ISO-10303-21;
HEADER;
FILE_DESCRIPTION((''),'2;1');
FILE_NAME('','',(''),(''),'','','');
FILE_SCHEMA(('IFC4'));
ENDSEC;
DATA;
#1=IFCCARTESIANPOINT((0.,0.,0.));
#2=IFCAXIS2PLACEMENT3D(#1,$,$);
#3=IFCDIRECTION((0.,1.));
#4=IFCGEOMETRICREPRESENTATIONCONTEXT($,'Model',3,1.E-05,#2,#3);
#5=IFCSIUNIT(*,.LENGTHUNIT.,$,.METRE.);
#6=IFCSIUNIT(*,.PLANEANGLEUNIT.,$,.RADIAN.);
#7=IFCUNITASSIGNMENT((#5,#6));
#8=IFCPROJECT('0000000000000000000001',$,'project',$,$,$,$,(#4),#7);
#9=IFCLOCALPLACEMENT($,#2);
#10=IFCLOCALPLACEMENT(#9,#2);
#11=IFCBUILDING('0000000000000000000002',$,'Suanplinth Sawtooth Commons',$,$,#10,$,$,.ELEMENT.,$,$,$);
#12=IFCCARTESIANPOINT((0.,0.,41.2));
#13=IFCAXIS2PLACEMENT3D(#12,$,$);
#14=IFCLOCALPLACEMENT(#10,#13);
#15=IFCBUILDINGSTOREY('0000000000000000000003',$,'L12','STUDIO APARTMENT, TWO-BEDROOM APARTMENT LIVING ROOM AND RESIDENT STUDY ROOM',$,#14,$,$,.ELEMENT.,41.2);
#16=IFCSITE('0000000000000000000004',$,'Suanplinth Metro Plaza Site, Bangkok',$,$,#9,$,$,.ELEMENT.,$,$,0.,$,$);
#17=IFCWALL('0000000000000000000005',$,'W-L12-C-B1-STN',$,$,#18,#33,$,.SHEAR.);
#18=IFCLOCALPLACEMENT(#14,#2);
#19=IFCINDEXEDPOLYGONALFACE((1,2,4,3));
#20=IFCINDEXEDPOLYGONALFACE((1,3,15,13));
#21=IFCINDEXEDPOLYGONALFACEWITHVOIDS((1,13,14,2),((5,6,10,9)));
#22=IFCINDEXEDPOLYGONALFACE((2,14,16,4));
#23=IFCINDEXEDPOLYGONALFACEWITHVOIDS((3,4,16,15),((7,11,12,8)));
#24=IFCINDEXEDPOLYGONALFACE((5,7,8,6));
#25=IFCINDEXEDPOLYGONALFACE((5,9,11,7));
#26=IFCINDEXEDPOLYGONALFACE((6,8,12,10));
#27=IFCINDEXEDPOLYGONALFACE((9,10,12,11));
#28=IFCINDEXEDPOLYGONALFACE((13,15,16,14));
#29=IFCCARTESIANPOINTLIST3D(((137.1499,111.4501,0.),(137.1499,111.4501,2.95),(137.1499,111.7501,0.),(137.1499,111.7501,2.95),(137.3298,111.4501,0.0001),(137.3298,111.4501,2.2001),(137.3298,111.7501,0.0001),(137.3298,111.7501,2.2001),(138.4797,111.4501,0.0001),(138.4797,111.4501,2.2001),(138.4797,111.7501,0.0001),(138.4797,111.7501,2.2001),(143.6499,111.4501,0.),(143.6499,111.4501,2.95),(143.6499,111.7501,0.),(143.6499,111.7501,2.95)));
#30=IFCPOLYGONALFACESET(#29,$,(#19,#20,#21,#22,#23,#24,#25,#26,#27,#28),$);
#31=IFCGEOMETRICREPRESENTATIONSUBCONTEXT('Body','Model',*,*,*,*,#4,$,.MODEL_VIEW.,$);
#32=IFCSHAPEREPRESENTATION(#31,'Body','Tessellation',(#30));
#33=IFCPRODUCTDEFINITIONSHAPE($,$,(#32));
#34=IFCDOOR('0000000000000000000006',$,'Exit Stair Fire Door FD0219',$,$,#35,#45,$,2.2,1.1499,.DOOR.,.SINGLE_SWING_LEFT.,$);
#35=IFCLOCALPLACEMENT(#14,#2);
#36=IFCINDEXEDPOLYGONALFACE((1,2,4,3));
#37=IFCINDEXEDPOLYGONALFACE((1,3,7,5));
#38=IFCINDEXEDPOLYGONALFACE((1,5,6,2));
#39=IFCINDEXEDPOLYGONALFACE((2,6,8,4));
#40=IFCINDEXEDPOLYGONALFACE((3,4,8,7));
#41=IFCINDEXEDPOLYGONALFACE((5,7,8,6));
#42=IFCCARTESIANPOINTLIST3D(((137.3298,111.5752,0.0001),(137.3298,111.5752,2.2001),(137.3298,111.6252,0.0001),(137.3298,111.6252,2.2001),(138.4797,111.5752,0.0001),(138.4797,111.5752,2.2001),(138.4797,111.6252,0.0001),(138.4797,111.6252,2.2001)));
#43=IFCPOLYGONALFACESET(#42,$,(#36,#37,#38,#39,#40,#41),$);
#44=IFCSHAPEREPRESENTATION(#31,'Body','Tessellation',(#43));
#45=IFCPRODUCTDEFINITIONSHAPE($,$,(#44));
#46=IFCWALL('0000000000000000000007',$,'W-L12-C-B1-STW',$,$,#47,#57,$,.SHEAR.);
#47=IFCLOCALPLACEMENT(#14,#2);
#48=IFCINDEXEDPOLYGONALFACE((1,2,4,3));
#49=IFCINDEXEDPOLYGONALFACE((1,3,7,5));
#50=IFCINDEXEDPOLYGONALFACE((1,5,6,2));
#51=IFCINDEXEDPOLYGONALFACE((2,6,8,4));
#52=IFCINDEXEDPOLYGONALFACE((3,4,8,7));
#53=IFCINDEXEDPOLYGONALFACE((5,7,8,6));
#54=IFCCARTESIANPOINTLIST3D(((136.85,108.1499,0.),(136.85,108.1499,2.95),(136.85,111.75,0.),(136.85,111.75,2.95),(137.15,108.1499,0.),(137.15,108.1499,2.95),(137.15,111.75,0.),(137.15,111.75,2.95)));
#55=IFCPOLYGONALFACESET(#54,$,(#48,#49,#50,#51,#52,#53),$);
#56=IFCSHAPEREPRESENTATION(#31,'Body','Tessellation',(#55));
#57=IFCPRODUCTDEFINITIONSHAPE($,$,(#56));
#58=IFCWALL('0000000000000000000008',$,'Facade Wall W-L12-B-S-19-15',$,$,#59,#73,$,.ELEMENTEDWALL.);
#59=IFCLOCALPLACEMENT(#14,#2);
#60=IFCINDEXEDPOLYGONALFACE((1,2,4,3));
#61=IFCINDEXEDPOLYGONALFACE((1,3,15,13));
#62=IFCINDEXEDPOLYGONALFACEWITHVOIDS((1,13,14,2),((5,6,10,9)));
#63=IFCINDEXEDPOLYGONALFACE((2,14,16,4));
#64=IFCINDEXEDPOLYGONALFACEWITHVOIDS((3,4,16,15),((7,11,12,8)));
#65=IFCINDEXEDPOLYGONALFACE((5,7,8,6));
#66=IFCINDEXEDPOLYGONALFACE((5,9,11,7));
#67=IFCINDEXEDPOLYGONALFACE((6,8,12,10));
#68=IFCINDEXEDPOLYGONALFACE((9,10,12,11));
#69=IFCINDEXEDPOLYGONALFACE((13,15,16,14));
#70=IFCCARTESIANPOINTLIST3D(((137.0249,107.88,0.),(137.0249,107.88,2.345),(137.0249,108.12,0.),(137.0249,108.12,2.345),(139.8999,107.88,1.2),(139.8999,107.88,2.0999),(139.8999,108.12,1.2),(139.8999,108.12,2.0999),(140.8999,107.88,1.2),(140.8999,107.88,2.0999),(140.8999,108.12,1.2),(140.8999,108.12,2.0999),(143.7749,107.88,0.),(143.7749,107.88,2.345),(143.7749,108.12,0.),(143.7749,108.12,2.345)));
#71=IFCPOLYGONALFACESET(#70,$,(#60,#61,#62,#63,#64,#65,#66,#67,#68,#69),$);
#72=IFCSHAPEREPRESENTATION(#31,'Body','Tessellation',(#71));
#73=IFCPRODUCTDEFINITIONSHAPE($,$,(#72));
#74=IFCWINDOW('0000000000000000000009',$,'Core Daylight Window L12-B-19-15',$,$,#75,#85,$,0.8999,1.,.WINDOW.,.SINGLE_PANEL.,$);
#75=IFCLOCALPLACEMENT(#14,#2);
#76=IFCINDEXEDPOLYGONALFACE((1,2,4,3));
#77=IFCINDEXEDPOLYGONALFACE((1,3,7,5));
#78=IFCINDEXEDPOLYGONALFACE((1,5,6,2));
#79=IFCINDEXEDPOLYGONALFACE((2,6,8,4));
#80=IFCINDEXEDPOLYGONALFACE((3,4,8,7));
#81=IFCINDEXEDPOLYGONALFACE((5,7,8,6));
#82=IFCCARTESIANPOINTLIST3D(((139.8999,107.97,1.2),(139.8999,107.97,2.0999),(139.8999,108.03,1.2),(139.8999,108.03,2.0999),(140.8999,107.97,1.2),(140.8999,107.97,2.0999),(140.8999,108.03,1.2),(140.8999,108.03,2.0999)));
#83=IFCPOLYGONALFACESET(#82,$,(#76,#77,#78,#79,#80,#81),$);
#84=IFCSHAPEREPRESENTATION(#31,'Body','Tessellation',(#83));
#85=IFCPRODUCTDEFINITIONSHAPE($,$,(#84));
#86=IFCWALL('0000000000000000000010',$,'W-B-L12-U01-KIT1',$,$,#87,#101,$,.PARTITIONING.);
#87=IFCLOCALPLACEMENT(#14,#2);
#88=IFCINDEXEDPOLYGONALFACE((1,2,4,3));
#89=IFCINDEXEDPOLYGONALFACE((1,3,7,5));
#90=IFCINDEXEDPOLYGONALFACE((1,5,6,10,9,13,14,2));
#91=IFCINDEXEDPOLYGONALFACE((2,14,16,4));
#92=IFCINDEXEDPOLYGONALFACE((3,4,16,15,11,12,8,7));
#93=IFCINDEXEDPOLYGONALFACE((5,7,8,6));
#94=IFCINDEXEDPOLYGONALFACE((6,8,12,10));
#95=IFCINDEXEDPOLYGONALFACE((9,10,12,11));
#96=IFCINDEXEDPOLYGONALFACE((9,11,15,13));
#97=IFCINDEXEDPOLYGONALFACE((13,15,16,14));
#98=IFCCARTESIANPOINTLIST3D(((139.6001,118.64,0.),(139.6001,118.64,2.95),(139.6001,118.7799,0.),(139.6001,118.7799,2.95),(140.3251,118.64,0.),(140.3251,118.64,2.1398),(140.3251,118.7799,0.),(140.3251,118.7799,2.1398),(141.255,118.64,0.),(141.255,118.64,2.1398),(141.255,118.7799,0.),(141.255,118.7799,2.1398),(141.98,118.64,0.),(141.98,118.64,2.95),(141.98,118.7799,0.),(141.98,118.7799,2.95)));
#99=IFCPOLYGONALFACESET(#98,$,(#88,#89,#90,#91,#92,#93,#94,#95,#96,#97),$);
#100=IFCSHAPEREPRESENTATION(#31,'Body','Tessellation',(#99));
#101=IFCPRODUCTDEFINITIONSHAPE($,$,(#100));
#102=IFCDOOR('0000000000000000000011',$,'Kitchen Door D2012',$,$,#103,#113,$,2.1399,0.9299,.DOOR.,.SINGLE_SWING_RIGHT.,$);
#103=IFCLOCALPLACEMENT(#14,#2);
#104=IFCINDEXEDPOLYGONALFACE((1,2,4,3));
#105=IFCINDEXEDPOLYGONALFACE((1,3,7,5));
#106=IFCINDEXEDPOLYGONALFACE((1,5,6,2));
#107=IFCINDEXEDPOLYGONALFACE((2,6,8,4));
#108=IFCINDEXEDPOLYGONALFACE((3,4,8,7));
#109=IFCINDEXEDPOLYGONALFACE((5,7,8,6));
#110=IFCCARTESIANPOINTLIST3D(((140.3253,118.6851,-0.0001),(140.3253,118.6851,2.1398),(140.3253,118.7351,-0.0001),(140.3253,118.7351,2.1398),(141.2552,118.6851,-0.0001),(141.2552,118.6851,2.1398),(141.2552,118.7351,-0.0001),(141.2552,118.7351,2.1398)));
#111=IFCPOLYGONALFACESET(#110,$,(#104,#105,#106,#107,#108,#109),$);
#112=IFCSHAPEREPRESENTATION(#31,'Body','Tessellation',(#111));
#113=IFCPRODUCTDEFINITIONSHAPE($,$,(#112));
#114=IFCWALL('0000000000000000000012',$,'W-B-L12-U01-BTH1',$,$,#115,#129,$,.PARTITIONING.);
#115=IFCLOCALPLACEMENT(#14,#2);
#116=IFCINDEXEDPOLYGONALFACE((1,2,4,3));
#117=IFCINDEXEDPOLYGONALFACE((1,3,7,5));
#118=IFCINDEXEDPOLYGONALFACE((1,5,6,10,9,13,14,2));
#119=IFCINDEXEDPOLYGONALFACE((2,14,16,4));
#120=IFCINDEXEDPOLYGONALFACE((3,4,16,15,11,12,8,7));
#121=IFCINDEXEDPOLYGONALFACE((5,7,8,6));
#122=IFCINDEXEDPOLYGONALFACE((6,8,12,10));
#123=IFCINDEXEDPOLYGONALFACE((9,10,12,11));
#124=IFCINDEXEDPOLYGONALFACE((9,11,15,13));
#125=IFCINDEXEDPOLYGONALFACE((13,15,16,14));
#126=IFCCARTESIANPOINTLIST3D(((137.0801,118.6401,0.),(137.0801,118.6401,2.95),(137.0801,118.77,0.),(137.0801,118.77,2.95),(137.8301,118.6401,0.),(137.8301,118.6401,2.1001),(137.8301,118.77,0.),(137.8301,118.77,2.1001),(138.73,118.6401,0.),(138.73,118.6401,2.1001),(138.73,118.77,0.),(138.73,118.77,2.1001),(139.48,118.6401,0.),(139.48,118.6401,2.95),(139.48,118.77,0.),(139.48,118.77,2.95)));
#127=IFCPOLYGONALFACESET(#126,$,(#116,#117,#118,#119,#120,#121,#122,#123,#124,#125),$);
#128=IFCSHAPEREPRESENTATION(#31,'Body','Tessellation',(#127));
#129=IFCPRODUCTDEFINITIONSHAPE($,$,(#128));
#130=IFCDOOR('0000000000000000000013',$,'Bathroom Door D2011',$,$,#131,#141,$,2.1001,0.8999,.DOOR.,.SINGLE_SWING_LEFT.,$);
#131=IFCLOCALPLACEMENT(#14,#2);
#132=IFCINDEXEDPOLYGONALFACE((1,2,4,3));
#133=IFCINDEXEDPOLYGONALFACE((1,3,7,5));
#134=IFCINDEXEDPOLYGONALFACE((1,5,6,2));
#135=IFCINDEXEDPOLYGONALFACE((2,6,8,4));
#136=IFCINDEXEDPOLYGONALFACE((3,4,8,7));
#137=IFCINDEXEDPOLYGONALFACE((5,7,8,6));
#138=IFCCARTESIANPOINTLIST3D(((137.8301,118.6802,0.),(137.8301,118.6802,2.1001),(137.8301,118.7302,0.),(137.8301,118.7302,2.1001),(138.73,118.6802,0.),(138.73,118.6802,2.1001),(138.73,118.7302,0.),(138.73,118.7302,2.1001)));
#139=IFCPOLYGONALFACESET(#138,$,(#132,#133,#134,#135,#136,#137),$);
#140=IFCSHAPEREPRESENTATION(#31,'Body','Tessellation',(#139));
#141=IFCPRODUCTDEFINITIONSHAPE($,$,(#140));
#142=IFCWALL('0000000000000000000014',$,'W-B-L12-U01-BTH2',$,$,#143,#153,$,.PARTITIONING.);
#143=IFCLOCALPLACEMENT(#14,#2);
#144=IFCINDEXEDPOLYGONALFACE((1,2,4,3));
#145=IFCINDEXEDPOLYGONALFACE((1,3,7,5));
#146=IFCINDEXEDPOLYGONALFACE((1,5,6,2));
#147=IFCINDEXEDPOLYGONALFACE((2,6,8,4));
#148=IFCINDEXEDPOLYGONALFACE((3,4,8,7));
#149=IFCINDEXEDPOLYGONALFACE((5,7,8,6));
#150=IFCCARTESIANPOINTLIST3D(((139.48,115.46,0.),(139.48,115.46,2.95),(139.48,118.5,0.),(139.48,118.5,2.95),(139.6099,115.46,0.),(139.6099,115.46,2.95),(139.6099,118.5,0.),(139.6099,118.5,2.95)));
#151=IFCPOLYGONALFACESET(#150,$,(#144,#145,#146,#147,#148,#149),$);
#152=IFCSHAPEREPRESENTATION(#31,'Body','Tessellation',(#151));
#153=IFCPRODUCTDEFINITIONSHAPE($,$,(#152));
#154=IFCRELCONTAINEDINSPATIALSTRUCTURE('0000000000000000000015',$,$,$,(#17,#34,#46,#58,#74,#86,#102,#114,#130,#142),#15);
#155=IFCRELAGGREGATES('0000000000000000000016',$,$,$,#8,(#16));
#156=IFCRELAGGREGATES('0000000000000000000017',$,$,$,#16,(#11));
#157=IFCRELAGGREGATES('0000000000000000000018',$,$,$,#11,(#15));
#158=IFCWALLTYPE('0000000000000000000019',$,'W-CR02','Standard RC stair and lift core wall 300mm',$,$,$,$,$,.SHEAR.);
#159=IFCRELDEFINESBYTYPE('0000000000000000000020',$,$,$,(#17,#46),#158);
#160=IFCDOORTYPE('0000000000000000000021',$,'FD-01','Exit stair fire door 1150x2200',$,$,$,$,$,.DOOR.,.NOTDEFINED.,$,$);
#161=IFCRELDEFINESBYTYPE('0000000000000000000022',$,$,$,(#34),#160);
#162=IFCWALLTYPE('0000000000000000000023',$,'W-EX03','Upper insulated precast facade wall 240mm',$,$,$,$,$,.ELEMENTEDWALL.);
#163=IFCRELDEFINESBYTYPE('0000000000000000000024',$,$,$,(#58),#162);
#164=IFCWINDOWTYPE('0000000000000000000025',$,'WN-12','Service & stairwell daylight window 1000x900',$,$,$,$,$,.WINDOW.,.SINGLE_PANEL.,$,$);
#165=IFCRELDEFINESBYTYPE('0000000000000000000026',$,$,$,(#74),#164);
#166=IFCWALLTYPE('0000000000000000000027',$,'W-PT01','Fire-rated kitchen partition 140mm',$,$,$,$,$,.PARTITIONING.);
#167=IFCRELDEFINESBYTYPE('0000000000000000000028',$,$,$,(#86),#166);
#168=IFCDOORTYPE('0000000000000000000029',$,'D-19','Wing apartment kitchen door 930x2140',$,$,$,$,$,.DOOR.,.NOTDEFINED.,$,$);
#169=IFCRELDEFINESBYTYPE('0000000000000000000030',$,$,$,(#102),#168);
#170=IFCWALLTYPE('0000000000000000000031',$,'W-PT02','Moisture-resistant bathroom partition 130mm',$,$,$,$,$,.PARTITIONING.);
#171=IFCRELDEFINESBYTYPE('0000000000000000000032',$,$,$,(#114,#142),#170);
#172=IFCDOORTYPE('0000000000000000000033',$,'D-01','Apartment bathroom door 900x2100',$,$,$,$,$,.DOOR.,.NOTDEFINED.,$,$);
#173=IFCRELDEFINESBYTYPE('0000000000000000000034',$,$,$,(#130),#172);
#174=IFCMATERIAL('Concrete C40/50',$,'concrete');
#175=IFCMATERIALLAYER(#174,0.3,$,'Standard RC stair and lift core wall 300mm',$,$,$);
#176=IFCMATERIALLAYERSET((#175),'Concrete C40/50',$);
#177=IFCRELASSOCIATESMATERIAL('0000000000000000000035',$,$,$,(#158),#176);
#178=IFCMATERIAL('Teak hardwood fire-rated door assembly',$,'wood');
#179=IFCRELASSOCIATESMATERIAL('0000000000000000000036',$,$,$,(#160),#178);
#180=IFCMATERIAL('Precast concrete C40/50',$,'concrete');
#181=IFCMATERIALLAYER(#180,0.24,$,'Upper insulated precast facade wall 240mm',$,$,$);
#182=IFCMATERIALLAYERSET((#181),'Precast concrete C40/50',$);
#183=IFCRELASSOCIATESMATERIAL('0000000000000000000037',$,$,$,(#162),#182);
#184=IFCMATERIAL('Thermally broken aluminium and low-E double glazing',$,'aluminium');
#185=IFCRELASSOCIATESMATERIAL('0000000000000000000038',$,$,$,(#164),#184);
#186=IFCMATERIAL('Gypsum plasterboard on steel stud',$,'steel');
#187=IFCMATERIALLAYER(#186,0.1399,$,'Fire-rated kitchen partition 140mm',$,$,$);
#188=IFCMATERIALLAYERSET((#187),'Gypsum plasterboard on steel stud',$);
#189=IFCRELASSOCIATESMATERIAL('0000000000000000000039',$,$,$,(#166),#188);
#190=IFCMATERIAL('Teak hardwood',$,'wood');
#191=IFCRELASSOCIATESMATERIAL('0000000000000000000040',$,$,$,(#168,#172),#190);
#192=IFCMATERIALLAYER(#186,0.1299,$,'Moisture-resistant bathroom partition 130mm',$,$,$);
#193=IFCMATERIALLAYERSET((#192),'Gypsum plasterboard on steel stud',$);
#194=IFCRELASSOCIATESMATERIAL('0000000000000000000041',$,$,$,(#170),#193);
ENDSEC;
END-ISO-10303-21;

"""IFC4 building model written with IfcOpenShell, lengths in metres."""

from ifc_helpers import new_model, si_unit, direction, frame, frame_2d, origin, place, context, subcontext, project, spatial, rectangle, extrude, material, layer, layer_set, type_object, element, fill, save


model = new_model("IFC4")

# Units and contexts
model_context = context("Model", 3, precision=1e-05, world=origin(), true_north=direction((0.0, 1.0)))
body_context = subcontext(model_context, "Body", "Model", "MODEL_VIEW")
ifc_project = project(units=[si_unit("LENGTHUNIT", "METRE"), si_unit("PLANEANGLEUNIT", "RADIAN")], contexts=[model_context])

# Site, building, storey
site_placement = place(None, origin())
site = spatial("IfcSite", under=ifc_project, at=site_placement, Name="Suanplinth Metro Plaza Site, Bangkok", CompositionType="ELEMENT", RefElevation=0.0)
building_placement = place(site_placement, origin())
building = spatial("IfcBuilding", under=site, at=building_placement, Name="Suanplinth Sawtooth Commons", CompositionType="ELEMENT")
storey_placement = place(building_placement, frame((0.0, 0.0, 41.2)))
storey = spatial("IfcBuildingStorey", under=building, at=storey_placement, Name="L12", Description="STUDIO APARTMENT, TWO-BEDROOM APARTMENT LIVING ROOM AND RESIDENT STUDY ROOM", CompositionType="ELEMENT", Elevation=41.2)

# Shared definitions
ifc_material_1 = material(Name="Precast concrete C40/50", Category="concrete")

# Shared definitions
ifc_material_2 = material(Name="Concrete C40/50", Category="concrete")
ifc_layer_1 = layer(ifc_material_2, 0.3, Name="Standard RC stair and lift core wall 300mm")
ifc_layer_set_1 = layer_set([ifc_layer_1], Name="Concrete C40/50")
wall_type_1 = type_object("IfcWallType", Name="W-CR02", Description="Standard RC stair and lift core wall 300mm", PredefinedType="SHEAR", material=ifc_layer_set_1)

# Wall, opening, door
wall_1_placement = place(storey_placement, frame((137.1499, 111.6001, 0.0), z_axis=(0.0, 0.0, 1.0), x_axis=(1.0, 0.0, 0.0)))
wall_1 = element("IfcWall", 1, at=wall_1_placement, inside=storey, type_object=wall_type_1, Name="W-L12-C-B1-STN", PredefinedType="SHEAR", context=body_context, shape_type="SweptSolid", body=[
    extrude(rectangle(XDim=6.5, YDim=0.3, at=frame_2d((3.25, 0.0))), origin(), (0.0, 0.0, 1.0), 2.95),
])
opening_1_placement = place(wall_1_placement, frame((0.1799, 0.0, 0.0)))
opening_1 = element("IfcOpeningElement", 2, at=opening_1_placement, cuts=wall_1, PredefinedType="OPENING", context=body_context, shape_type="SweptSolid", body=[
    extrude(rectangle(XDim=1.1499, YDim=2.2, at=frame_2d((0.575, 1.1001))), frame((0.0, 0.165, 0.0), z_axis=(0.0, -1.0, 0.0), x_axis=(1.0, 0.0, 0.0)), (0.0, 0.0, 1.0), 0.3298),
])
ifc_material_3 = material(Name="Teak hardwood fire-rated door assembly", Category="wood")
door_type_1 = type_object("IfcDoorType", Name="FD-01", Description="Exit stair fire door 1150x2200", OperationType="NOTDEFINED", PredefinedType="DOOR", material=ifc_material_3)
door_1_placement = place(opening_1_placement, frame((1.1499, 0.0, 0.0), z_axis=(0.0, 0.0, 1.0), x_axis=(-1.0, 0.0, 0.0)))
door_1 = element("IfcDoor", 3, at=door_1_placement, inside=storey, type_object=door_type_1, Name="Exit Stair Fire Door FD0219", OperationType="SINGLE_SWING_LEFT", OverallHeight=2.2, OverallWidth=1.1499, PredefinedType="DOOR", context=body_context, shape_type="SweptSolid", body=[
    extrude(rectangle(XDim=1.1499, YDim=2.2, at=frame_2d((0.575, 1.1001))), frame((0.0, 0.0249, 0.0), z_axis=(0.0, -1.0, 0.0), x_axis=(1.0, 0.0, 0.0)), (0.0, 0.0, 1.0), 0.05),
])
fill(opening_1, door_1)

# Wall
wall_2_placement = place(storey_placement, frame((137.0, 108.1499, 0.0), z_axis=(0.0, 0.0, 1.0), x_axis=(0.0, 1.0, 0.0)))
element("IfcWall", 4, at=wall_2_placement, inside=storey, type_object=wall_type_1, Name="W-L12-C-B1-STW", PredefinedType="SHEAR", context=body_context, shape_type="SweptSolid", body=[
    extrude(rectangle(XDim=3.6001, YDim=0.3, at=frame_2d((1.8, 0.0))), origin(), (0.0, 0.0, 1.0), 2.95),
])

# Wall, opening, window
ifc_layer_2 = layer(ifc_material_1, 0.24, Name="Upper insulated precast facade wall 240mm")
ifc_layer_set_2 = layer_set([ifc_layer_2], Name="Precast concrete C40/50")
wall_type_2 = type_object("IfcWallType", Name="W-EX03", Description="Upper insulated precast facade wall 240mm", PredefinedType="ELEMENTEDWALL", material=ifc_layer_set_2)
wall_3_placement = place(storey_placement, frame((137.0249, 108.0, 0.0), z_axis=(0.0, 0.0, 1.0), x_axis=(1.0, 0.0, 0.0)))
wall_3 = element("IfcWall", 5, at=wall_3_placement, inside=storey, type_object=wall_type_2, Name="Facade Wall W-L12-B-S-19-15", PredefinedType="ELEMENTEDWALL", context=body_context, shape_type="SweptSolid", body=[
    extrude(rectangle(XDim=6.75, YDim=0.24, at=frame_2d((3.375, 0.0))), origin(), (0.0, 0.0, 1.0), 2.345),
])
opening_2_placement = place(wall_3_placement, frame((2.875, 0.0, 1.2)))
opening_2 = element("IfcOpeningElement", 6, at=opening_2_placement, cuts=wall_3, PredefinedType="OPENING", context=body_context, shape_type="SweptSolid", body=[
    extrude(rectangle(XDim=1.0, YDim=0.8999, at=frame_2d((0.5, 0.45))), frame((0.0, 0.1348, 0.0), z_axis=(0.0, -1.0, 0.0), x_axis=(1.0, 0.0, 0.0)), (0.0, 0.0, 1.0), 0.2698),
])
ifc_material_4 = material(Name="Thermally broken aluminium and low-E double glazing", Category="aluminium")
window_type_1 = type_object("IfcWindowType", Name="WN-12", Description="Service & stairwell daylight window 1000x900", PartitioningType="SINGLE_PANEL", PredefinedType="WINDOW", material=ifc_material_4)
window_1_placement = place(opening_2_placement, origin())
window_1 = element("IfcWindow", 7, at=window_1_placement, inside=storey, type_object=window_type_1, Name="Core Daylight Window L12-B-19-15", OverallHeight=0.8999, OverallWidth=1.0, PartitioningType="SINGLE_PANEL", PredefinedType="WINDOW", context=body_context, shape_type="SweptSolid", body=[
    extrude(rectangle(XDim=1.0, YDim=0.8999, at=frame_2d((0.5, 0.45))), frame((0.0, 0.03, 0.0), z_axis=(0.0, -1.0, 0.0), x_axis=(1.0, 0.0, 0.0)), (0.0, 0.0, 1.0), 0.0601),
])
fill(opening_2, window_1)

# Walls, openings, doors
ifc_material_5 = material(Name="Gypsum plasterboard on steel stud", Category="steel")
ifc_layer_3 = layer(ifc_material_5, 0.1399, Name="Fire-rated kitchen partition 140mm")
ifc_layer_set_3 = layer_set([ifc_layer_3], Name="Gypsum plasterboard on steel stud")
wall_type_3 = type_object("IfcWallType", Name="W-PT01", Description="Fire-rated kitchen partition 140mm", PredefinedType="PARTITIONING", material=ifc_layer_set_3)
wall_4_placement = place(storey_placement, frame((139.6001, 118.71, 0.0), z_axis=(0.0, 0.0, 1.0), x_axis=(1.0, 0.0, 0.0)))
wall_4 = element("IfcWall", 8, at=wall_4_placement, inside=storey, type_object=wall_type_3, Name="W-B-L12-U01-KIT1", PredefinedType="PARTITIONING", context=body_context, shape_type="SweptSolid", body=[
    extrude(rectangle(XDim=2.3799, YDim=0.1399, at=frame_2d((1.1899, 0.0))), origin(), (0.0, 0.0, 1.0), 2.95),
])
opening_3_placement = place(wall_4_placement, frame((0.7251, 0.0, 0.0)))
opening_3 = element("IfcOpeningElement", 9, at=opening_3_placement, cuts=wall_4, PredefinedType="OPENING", context=body_context, shape_type="SweptSolid", body=[
    extrude(rectangle(XDim=0.9299, YDim=2.1399, at=frame_2d((0.4648, 1.0698))), frame((0.0, 0.085, 0.0), z_axis=(0.0, -1.0, 0.0), x_axis=(1.0, 0.0, 0.0)), (0.0, 0.0, 1.0), 0.1697),
])
ifc_material_6 = material(Name="Teak hardwood", Category="wood")
door_type_2 = type_object("IfcDoorType", Name="D-19", Description="Wing apartment kitchen door 930x2140", OperationType="NOTDEFINED", PredefinedType="DOOR", material=ifc_material_6)
door_2_placement = place(opening_3_placement, frame((0.9299, 0.0, 0.0), z_axis=(0.0, 0.0, 1.0), x_axis=(-1.0, 0.0, 0.0)))
door_2 = element("IfcDoor", 10, at=door_2_placement, inside=storey, type_object=door_type_2, Name="Kitchen Door D2012", OperationType="SINGLE_SWING_RIGHT", OverallHeight=2.1399, OverallWidth=0.9299, PredefinedType="DOOR", context=body_context, shape_type="SweptSolid", body=[
    extrude(rectangle(XDim=0.9299, YDim=2.1399, at=frame_2d((0.4648, 1.0698))), frame((0.0, 0.0249, 0.0), z_axis=(0.0, -1.0, 0.0), x_axis=(1.0, 0.0, 0.0)), (0.0, 0.0, 1.0), 0.05),
])
fill(opening_3, door_2)
ifc_layer_4 = layer(ifc_material_5, 0.1299, Name="Moisture-resistant bathroom partition 130mm")
ifc_layer_set_4 = layer_set([ifc_layer_4], Name="Gypsum plasterboard on steel stud")
wall_type_4 = type_object("IfcWallType", Name="W-PT02", Description="Moisture-resistant bathroom partition 130mm", PredefinedType="PARTITIONING", material=ifc_layer_set_4)
wall_5_placement = place(storey_placement, frame((137.0801, 118.7051, 0.0), z_axis=(0.0, 0.0, 1.0), x_axis=(1.0, 0.0, 0.0)))
wall_5 = element("IfcWall", 11, at=wall_5_placement, inside=storey, type_object=wall_type_4, Name="W-B-L12-U01-BTH1", PredefinedType="PARTITIONING", context=body_context, shape_type="SweptSolid", body=[
    extrude(rectangle(XDim=2.3999, YDim=0.1299, at=frame_2d((1.2, 0.0))), origin(), (0.0, 0.0, 1.0), 2.95),
])
opening_4_placement = place(wall_5_placement, frame((0.75, 0.0, 0.0)))
opening_4 = element("IfcOpeningElement", 12, at=opening_4_placement, cuts=wall_5, PredefinedType="OPENING", context=body_context, shape_type="SweptSolid", body=[
    extrude(rectangle(XDim=0.8999, YDim=2.1001, at=frame_2d((0.45, 1.05))), frame((0.0, 0.0798, 0.0), z_axis=(0.0, -1.0, 0.0), x_axis=(1.0, 0.0, 0.0)), (0.0, 0.0, 1.0), 0.1597),
])
door_type_3 = type_object("IfcDoorType", Name="D-01", Description="Apartment bathroom door 900x2100", OperationType="NOTDEFINED", PredefinedType="DOOR", material=ifc_material_6)
door_3_placement = place(opening_4_placement, frame((0.8999, 0.0, 0.0), z_axis=(0.0, 0.0, 1.0), x_axis=(-1.0, 0.0, 0.0)))
door_3 = element("IfcDoor", 13, at=door_3_placement, inside=storey, type_object=door_type_3, Name="Bathroom Door D2011", OperationType="SINGLE_SWING_LEFT", OverallHeight=2.1001, OverallWidth=0.8999, PredefinedType="DOOR", context=body_context, shape_type="SweptSolid", body=[
    extrude(rectangle(XDim=0.8999, YDim=2.1001, at=frame_2d((0.45, 1.05))), frame((0.0, 0.0249, 0.0), z_axis=(0.0, -1.0, 0.0), x_axis=(1.0, 0.0, 0.0)), (0.0, 0.0, 1.0), 0.05),
])
fill(opening_4, door_3)

# Wall
wall_6_placement = place(storey_placement, frame((139.5449, 115.46, 0.0), z_axis=(0.0, 0.0, 1.0), x_axis=(0.0, 1.0, 0.0)))
element("IfcWall", 14, at=wall_6_placement, inside=storey, type_object=wall_type_4, Name="W-B-L12-U01-BTH2", PredefinedType="PARTITIONING", context=body_context, shape_type="SweptSolid", body=[
    extrude(rectangle(XDim=3.04, YDim=0.1299, at=frame_2d((1.52, 0.0))), origin(), (0.0, 0.0, 1.0), 2.95),
])

save(model, "model.ifc")
